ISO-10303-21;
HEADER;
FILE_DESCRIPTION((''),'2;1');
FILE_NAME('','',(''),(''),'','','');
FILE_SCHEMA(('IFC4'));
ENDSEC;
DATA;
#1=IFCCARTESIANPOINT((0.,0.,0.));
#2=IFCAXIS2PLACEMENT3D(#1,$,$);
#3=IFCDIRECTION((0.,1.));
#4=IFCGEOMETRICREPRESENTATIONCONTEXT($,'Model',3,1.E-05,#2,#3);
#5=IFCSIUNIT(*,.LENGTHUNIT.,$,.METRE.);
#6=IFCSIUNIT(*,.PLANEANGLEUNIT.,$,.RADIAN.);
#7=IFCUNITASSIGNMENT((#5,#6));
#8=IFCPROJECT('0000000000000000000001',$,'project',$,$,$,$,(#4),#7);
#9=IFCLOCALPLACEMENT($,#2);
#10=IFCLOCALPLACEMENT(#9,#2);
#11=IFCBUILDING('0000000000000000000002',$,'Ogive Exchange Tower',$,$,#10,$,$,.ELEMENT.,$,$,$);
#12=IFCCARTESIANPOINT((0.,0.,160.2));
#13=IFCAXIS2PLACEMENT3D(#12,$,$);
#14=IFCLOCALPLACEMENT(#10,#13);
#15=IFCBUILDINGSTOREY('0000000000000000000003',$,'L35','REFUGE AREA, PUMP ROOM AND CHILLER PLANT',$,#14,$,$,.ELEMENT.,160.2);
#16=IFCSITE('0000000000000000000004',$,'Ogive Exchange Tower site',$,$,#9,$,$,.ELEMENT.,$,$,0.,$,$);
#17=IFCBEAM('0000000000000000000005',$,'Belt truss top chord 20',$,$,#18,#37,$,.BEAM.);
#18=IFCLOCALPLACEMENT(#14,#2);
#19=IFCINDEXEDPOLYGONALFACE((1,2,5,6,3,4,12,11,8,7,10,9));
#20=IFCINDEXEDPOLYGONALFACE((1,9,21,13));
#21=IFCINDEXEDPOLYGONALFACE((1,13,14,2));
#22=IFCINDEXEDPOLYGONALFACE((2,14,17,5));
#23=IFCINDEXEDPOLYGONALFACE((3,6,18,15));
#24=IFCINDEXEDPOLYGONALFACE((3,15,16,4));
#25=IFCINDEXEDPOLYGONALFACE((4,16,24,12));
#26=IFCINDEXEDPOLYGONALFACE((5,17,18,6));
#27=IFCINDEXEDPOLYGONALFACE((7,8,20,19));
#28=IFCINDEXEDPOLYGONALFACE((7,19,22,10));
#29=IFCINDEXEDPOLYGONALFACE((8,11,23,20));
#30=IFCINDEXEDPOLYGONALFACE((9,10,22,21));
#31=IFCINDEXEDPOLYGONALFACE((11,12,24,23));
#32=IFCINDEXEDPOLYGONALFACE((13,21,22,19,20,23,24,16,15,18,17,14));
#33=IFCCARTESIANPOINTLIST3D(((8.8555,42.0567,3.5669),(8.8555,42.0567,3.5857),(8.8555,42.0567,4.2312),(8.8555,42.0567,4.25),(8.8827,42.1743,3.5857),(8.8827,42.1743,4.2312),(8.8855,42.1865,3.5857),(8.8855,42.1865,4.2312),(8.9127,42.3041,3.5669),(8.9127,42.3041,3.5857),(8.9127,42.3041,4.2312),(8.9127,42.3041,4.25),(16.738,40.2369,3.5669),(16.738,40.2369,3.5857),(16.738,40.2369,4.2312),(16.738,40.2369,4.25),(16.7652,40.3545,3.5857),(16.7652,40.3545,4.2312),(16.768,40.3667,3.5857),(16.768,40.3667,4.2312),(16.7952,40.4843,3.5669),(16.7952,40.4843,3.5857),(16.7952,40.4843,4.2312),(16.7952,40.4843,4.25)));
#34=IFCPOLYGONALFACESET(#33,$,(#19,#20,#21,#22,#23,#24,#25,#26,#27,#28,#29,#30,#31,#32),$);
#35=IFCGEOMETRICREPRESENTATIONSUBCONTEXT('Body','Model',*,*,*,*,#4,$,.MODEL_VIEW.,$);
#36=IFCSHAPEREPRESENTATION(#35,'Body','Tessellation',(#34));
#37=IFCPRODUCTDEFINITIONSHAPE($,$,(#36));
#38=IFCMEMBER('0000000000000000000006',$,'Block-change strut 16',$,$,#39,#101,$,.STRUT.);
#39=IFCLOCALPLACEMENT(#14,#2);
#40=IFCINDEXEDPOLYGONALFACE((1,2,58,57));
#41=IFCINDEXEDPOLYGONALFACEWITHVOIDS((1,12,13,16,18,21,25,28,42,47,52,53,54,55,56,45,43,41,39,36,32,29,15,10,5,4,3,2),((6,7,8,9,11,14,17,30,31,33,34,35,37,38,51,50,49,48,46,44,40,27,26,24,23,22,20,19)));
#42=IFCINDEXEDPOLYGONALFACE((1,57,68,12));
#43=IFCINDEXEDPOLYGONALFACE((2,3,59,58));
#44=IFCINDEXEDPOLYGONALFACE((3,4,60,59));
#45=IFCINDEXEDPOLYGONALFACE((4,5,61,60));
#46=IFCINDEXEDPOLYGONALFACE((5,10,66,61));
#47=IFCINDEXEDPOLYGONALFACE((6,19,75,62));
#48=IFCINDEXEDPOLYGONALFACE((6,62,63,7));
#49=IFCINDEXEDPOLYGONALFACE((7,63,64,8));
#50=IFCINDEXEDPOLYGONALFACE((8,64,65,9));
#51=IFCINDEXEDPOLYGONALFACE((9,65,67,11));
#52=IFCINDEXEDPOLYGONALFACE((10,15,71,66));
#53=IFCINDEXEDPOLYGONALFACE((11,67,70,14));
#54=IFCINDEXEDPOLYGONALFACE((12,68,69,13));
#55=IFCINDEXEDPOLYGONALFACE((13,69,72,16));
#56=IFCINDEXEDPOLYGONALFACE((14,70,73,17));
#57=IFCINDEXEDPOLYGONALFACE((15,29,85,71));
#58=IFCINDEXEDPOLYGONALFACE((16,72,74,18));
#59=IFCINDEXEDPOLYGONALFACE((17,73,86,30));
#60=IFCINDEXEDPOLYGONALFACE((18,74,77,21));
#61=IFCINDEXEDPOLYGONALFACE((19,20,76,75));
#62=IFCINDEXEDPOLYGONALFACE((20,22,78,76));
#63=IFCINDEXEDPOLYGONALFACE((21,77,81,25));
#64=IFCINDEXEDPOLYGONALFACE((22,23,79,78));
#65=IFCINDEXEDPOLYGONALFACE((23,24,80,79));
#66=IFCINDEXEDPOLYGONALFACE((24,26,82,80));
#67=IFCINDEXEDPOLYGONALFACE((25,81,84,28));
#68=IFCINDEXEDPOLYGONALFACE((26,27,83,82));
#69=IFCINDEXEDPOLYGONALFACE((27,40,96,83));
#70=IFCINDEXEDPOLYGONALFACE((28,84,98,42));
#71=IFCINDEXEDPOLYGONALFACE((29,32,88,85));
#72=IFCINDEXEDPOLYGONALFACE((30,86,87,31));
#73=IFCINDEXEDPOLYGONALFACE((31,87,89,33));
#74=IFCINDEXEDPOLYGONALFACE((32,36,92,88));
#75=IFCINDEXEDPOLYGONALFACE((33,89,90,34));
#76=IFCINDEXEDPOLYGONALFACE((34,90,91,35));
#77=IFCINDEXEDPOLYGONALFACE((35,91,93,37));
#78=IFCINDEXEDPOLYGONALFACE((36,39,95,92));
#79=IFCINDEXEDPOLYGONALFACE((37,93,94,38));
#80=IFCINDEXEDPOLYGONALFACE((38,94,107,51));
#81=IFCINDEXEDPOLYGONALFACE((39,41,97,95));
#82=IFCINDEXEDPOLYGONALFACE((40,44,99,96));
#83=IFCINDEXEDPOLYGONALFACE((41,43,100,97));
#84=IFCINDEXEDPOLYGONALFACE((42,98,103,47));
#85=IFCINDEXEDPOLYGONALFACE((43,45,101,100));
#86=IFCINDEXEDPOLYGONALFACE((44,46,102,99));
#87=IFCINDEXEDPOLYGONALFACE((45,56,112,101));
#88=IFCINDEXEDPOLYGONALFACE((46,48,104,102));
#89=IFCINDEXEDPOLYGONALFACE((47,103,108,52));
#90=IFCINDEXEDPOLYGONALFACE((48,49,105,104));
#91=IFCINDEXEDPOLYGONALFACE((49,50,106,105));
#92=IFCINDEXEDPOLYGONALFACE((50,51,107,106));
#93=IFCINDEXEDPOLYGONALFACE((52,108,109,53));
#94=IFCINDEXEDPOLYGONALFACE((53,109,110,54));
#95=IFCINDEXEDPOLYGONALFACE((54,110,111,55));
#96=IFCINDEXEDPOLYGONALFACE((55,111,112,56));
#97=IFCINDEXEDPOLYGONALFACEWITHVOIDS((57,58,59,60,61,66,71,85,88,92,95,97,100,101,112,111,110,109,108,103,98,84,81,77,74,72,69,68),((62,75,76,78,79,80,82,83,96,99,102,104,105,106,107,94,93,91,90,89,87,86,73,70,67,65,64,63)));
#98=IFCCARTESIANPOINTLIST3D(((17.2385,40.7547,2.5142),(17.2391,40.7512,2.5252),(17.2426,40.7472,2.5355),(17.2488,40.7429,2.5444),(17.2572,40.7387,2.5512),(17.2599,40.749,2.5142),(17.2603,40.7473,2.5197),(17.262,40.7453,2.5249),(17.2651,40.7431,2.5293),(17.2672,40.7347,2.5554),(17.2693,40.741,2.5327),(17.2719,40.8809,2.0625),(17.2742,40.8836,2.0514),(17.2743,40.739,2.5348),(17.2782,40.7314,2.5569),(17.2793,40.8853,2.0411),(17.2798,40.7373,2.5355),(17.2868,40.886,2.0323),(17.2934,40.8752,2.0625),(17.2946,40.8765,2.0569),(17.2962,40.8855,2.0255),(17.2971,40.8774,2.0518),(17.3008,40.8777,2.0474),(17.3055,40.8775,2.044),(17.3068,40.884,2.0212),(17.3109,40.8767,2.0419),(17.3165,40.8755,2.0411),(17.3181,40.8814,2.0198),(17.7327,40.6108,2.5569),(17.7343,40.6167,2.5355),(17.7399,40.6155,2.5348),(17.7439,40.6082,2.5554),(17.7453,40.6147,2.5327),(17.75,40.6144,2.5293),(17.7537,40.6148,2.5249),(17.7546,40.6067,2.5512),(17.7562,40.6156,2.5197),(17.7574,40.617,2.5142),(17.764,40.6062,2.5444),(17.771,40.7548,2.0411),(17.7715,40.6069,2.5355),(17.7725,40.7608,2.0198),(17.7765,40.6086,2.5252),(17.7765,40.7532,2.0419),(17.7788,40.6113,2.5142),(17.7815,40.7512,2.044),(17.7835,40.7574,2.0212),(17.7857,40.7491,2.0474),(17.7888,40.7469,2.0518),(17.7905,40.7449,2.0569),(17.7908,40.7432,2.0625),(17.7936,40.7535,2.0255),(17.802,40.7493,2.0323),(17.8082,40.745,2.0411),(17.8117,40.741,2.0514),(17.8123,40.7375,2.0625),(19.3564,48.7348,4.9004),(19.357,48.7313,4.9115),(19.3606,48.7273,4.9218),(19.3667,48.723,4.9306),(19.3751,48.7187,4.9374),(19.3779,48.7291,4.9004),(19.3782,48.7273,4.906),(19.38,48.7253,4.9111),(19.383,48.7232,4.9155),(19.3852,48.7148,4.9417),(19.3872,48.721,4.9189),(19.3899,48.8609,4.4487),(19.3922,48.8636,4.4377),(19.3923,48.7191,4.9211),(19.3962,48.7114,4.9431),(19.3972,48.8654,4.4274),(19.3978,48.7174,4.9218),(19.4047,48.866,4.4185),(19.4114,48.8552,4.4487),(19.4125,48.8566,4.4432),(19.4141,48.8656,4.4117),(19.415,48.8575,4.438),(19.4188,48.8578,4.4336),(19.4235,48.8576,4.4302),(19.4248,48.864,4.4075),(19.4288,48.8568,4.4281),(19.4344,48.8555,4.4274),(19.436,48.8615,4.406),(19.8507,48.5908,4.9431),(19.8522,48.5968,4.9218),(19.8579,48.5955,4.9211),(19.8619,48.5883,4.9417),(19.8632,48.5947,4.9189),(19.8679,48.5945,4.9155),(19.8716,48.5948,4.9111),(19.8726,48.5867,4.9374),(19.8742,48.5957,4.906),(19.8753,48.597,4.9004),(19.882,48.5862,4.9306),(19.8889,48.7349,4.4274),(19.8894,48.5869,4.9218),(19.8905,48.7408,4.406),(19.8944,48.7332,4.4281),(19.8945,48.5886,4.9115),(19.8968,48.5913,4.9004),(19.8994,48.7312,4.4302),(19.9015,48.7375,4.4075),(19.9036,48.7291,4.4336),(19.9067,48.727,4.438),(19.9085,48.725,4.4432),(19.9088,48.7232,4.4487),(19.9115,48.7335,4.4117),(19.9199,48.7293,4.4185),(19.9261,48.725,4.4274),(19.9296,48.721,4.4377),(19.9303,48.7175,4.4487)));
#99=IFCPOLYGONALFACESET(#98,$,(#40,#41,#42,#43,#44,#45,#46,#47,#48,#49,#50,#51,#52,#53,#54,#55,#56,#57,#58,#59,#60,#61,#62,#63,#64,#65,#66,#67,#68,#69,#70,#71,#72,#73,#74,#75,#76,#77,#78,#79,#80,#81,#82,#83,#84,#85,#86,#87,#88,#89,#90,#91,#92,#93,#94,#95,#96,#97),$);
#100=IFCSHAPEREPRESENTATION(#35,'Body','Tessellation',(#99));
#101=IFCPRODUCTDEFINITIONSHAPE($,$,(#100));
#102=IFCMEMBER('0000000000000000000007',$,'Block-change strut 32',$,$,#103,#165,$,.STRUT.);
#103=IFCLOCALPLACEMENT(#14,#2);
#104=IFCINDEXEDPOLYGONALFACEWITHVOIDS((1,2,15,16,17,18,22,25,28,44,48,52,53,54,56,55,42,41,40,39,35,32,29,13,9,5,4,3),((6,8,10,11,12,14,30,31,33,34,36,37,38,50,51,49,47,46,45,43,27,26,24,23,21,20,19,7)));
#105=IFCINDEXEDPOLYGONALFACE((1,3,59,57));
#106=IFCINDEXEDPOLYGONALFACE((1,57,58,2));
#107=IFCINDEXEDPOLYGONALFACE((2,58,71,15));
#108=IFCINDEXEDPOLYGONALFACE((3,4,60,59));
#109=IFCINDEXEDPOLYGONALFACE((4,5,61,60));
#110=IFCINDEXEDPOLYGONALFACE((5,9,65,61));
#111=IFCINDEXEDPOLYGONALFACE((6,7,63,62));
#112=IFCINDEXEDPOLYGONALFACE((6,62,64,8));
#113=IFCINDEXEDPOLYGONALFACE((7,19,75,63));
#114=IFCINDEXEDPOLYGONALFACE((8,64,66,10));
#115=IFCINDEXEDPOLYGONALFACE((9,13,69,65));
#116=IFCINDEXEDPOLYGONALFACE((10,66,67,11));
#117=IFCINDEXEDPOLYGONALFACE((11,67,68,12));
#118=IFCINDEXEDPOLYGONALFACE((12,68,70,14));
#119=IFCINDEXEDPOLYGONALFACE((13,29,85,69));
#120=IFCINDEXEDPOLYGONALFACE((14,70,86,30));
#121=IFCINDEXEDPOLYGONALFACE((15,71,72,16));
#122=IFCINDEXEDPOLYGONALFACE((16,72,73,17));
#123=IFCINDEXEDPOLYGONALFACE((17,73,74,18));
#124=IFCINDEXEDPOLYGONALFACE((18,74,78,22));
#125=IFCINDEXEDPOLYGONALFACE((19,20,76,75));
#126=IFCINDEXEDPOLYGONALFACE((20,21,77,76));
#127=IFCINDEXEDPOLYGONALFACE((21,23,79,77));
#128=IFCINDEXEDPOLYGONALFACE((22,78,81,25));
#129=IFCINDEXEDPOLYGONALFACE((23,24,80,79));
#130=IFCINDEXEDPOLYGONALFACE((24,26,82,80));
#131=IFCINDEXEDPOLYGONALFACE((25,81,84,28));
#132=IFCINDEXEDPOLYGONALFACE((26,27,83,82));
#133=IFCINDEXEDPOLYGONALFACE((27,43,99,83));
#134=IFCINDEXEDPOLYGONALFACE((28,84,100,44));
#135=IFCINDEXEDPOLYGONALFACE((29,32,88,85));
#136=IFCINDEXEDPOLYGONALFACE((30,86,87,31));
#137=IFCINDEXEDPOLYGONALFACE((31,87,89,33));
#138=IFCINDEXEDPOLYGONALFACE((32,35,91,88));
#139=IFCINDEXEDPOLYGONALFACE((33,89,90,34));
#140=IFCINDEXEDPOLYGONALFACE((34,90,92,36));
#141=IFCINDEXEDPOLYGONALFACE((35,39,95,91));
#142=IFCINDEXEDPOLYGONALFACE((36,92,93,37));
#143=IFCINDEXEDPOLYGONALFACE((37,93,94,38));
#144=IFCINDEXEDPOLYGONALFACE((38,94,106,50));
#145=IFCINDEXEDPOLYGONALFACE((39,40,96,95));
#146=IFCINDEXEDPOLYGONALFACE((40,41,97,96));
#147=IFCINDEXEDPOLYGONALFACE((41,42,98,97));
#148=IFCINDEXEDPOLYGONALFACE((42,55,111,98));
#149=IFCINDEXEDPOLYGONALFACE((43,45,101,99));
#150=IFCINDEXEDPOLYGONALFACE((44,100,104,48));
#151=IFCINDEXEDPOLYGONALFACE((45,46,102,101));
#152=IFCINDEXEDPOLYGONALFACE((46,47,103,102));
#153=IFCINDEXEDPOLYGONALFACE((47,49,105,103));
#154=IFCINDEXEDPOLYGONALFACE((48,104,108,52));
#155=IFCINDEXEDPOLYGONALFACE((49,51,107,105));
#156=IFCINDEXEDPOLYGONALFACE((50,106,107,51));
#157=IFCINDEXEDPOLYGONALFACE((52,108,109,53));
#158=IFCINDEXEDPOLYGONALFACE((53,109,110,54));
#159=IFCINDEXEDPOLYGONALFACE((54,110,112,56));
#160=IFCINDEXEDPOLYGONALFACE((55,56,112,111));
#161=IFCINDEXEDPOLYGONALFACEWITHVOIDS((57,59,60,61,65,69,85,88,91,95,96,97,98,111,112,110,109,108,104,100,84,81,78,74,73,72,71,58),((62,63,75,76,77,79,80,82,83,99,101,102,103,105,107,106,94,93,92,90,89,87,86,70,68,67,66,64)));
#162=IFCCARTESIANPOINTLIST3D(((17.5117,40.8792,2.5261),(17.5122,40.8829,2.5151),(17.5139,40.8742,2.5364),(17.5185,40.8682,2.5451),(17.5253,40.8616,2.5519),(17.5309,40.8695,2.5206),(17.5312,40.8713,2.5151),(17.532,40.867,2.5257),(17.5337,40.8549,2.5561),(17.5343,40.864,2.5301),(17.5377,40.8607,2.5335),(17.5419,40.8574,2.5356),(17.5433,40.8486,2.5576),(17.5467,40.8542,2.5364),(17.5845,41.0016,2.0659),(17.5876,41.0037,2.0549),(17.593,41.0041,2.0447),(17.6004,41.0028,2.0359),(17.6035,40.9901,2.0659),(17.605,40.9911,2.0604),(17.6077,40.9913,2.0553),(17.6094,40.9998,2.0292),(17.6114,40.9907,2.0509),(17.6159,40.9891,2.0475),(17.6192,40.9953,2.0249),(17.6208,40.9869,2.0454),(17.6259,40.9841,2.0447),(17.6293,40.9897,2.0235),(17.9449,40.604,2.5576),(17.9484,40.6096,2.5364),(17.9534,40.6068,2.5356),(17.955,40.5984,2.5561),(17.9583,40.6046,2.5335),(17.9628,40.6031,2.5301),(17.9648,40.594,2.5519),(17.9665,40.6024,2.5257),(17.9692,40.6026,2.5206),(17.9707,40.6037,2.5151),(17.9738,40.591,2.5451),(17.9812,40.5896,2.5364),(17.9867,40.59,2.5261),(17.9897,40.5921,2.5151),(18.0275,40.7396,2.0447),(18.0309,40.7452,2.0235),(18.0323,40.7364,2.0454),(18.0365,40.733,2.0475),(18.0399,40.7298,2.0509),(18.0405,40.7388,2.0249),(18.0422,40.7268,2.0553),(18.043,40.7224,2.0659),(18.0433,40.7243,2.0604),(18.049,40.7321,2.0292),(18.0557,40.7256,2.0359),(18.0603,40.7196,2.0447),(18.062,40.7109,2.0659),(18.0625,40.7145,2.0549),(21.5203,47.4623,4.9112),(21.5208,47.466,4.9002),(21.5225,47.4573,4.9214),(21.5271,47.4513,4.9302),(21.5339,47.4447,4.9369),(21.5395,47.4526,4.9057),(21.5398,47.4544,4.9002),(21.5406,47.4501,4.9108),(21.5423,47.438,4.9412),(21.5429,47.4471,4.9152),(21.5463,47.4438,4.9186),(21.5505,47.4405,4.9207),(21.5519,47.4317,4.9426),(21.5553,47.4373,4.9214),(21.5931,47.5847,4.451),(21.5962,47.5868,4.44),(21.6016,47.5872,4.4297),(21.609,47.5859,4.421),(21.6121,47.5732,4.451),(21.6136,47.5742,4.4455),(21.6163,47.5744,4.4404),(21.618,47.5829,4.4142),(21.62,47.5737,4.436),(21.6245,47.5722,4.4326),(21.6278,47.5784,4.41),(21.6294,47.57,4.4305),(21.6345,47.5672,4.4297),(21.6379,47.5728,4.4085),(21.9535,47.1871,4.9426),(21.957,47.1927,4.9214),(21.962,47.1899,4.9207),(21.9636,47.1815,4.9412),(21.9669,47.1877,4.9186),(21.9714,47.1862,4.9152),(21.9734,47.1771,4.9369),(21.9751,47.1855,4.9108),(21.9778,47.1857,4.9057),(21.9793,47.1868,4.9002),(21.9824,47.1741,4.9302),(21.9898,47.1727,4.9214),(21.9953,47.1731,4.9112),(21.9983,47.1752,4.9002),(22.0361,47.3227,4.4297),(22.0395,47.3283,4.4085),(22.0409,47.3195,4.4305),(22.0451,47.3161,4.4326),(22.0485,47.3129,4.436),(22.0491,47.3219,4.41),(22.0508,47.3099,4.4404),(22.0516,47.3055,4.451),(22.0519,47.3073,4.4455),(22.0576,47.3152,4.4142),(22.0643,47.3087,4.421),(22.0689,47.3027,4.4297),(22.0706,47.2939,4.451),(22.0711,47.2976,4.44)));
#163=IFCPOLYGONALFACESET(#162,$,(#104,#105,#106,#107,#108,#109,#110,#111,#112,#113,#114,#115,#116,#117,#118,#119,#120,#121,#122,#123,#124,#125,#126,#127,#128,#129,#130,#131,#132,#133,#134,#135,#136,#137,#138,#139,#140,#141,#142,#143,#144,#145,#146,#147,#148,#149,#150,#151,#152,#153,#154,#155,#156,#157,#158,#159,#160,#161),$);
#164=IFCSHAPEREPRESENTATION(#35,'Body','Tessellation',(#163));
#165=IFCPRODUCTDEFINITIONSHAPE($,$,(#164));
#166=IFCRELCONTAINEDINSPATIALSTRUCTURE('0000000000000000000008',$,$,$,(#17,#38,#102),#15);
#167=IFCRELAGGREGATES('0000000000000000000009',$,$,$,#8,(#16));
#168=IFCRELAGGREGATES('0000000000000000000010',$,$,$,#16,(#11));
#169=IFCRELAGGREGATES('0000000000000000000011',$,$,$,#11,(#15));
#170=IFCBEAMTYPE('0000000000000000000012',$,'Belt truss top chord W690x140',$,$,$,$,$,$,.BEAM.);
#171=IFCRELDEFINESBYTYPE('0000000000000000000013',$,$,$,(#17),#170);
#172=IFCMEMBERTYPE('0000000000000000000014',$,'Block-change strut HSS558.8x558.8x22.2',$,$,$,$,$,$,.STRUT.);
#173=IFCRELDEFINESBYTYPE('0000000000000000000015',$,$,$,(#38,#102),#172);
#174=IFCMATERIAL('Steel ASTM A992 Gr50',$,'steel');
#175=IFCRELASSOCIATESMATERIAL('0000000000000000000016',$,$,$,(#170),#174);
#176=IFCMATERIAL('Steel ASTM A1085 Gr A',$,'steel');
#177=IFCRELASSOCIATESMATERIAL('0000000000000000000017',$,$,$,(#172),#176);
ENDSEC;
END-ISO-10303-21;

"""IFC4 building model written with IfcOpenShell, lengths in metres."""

from ifc_helpers import new_model, si_unit, direction, frame, origin, origin_2d, place, context, subcontext, project, spatial, hollow_rectangle, i_section, extrude, material, material_profile, profile_set, type_object, element, save


model = new_model("IFC4")

# Units and contexts
model_context = context("Model", 3, precision=1e-05, world=origin(), true_north=direction((0.0, 1.0)))
body_context = subcontext(model_context, "Body", "Model", "MODEL_VIEW")
ifc_project = project(units=[si_unit("LENGTHUNIT", "METRE"), si_unit("PLANEANGLEUNIT", "RADIAN")], contexts=[model_context])

# Site, building, storey
site_placement = place(None, origin())
site = spatial("IfcSite", under=ifc_project, at=site_placement, Name="Ogive Exchange Tower site", CompositionType="ELEMENT", RefElevation=0.0)
building_placement = place(site_placement, origin())
building = spatial("IfcBuilding", under=site, at=building_placement, Name="Ogive Exchange Tower", CompositionType="ELEMENT")
storey_placement = place(building_placement, frame((0.0, 0.0, 160.2)))
storey = spatial("IfcBuildingStorey", under=building, at=storey_placement, Name="L35", Description="REFUGE AREA, PUMP ROOM AND CHILLER PLANT", CompositionType="ELEMENT", Elevation=160.2)

# Shared definitions
ifc_material_1 = material(Name="Steel ASTM A992 Gr50", Category="steel")

# Shared definitions
ifc_material_2 = material(Name="Steel ASTM A1085 Gr A", Category="steel")

# Beam
ifc_material_profile_1 = material_profile(ifc_material_1, i_section(OverallWidth=0.2539, OverallDepth=0.6831, WebThickness=0.0125, FlangeThickness=0.0188, at=origin_2d()), Name="W690x140")
ifc_profile_set_1 = profile_set([ifc_material_profile_1], Name="Steel ASTM A992 Gr50")
beam_type_1 = type_object("IfcBeamType", Name="Belt truss top chord W690x140", PredefinedType="BEAM", material=ifc_profile_set_1)
beam_1_placement = place(storey_placement, frame((16.7666, 40.3606, 3.9084), z_axis=(-0.97437, 0.22495, 0.0), x_axis=(-0.22495, -0.97437, 0.0)))
element("IfcBeam", 1, at=beam_1_placement, inside=storey, type_object=beam_type_1, Name="Belt truss top chord 20", PredefinedType="BEAM", context=body_context, shape_type="SweptSolid", body=[
    extrude(i_section(OverallWidth=0.2539, OverallDepth=0.6831, WebThickness=0.0125, FlangeThickness=0.0188, at=origin_2d()), origin(), (0.0, 0.0, 1.0), 8.0898),
])

# Members
ifc_material_profile_2 = material_profile(ifc_material_2, hollow_rectangle(XDim=0.5591, YDim=0.5591, WallThickness=0.0222, InnerFilletRadius=0.0222, OuterFilletRadius=0.0444, at=origin_2d()), Name="HSS558.8x558.8x22.2")
ifc_profile_set_2 = profile_set([ifc_material_profile_2], Name="Steel ASTM A1085 Gr A")
member_type_1 = type_object("IfcMemberType", Name="Block-change strut HSS558.8x558.8x22.2", PredefinedType="STRUT", material=ifc_profile_set_2)
member_1_placement = place(storey_placement, frame((17.5254, 40.7461, 2.2883), z_axis=(0.246437, 0.928534, 0.277657), x_axis=(-0.966538, 0.256523, 0.0)))
element("IfcMember", 2, at=member_1_placement, inside=storey, type_object=member_type_1, Name="Block-change strut 16", PredefinedType="STRUT", context=body_context, shape_type="SweptSolid", body=[
    extrude(hollow_rectangle(XDim=0.5591, YDim=0.5591, WallThickness=0.0222, InnerFilletRadius=0.0222, OuterFilletRadius=0.0444, at=origin_2d()), origin(), (0.0, 0.0, 1.0), 8.5942),
])
member_2_placement = place(storey_placement, frame((17.7871, 40.7969, 2.2905), z_axis=(0.496845, 0.81594, 0.295613), x_axis=(-0.854112, 0.520089, 0.0)))
element("IfcMember", 3, at=member_2_placement, inside=storey, type_object=member_type_1, Name="Block-change strut 32", PredefinedType="STRUT", context=body_context, shape_type="SweptSolid", body=[
    extrude(hollow_rectangle(XDim=0.5591, YDim=0.5591, WallThickness=0.0222, InnerFilletRadius=0.0222, OuterFilletRadius=0.0444, at=origin_2d()), origin(), (0.0, 0.0, 1.0), 8.0681),
])

save(model, "model.ifc")
